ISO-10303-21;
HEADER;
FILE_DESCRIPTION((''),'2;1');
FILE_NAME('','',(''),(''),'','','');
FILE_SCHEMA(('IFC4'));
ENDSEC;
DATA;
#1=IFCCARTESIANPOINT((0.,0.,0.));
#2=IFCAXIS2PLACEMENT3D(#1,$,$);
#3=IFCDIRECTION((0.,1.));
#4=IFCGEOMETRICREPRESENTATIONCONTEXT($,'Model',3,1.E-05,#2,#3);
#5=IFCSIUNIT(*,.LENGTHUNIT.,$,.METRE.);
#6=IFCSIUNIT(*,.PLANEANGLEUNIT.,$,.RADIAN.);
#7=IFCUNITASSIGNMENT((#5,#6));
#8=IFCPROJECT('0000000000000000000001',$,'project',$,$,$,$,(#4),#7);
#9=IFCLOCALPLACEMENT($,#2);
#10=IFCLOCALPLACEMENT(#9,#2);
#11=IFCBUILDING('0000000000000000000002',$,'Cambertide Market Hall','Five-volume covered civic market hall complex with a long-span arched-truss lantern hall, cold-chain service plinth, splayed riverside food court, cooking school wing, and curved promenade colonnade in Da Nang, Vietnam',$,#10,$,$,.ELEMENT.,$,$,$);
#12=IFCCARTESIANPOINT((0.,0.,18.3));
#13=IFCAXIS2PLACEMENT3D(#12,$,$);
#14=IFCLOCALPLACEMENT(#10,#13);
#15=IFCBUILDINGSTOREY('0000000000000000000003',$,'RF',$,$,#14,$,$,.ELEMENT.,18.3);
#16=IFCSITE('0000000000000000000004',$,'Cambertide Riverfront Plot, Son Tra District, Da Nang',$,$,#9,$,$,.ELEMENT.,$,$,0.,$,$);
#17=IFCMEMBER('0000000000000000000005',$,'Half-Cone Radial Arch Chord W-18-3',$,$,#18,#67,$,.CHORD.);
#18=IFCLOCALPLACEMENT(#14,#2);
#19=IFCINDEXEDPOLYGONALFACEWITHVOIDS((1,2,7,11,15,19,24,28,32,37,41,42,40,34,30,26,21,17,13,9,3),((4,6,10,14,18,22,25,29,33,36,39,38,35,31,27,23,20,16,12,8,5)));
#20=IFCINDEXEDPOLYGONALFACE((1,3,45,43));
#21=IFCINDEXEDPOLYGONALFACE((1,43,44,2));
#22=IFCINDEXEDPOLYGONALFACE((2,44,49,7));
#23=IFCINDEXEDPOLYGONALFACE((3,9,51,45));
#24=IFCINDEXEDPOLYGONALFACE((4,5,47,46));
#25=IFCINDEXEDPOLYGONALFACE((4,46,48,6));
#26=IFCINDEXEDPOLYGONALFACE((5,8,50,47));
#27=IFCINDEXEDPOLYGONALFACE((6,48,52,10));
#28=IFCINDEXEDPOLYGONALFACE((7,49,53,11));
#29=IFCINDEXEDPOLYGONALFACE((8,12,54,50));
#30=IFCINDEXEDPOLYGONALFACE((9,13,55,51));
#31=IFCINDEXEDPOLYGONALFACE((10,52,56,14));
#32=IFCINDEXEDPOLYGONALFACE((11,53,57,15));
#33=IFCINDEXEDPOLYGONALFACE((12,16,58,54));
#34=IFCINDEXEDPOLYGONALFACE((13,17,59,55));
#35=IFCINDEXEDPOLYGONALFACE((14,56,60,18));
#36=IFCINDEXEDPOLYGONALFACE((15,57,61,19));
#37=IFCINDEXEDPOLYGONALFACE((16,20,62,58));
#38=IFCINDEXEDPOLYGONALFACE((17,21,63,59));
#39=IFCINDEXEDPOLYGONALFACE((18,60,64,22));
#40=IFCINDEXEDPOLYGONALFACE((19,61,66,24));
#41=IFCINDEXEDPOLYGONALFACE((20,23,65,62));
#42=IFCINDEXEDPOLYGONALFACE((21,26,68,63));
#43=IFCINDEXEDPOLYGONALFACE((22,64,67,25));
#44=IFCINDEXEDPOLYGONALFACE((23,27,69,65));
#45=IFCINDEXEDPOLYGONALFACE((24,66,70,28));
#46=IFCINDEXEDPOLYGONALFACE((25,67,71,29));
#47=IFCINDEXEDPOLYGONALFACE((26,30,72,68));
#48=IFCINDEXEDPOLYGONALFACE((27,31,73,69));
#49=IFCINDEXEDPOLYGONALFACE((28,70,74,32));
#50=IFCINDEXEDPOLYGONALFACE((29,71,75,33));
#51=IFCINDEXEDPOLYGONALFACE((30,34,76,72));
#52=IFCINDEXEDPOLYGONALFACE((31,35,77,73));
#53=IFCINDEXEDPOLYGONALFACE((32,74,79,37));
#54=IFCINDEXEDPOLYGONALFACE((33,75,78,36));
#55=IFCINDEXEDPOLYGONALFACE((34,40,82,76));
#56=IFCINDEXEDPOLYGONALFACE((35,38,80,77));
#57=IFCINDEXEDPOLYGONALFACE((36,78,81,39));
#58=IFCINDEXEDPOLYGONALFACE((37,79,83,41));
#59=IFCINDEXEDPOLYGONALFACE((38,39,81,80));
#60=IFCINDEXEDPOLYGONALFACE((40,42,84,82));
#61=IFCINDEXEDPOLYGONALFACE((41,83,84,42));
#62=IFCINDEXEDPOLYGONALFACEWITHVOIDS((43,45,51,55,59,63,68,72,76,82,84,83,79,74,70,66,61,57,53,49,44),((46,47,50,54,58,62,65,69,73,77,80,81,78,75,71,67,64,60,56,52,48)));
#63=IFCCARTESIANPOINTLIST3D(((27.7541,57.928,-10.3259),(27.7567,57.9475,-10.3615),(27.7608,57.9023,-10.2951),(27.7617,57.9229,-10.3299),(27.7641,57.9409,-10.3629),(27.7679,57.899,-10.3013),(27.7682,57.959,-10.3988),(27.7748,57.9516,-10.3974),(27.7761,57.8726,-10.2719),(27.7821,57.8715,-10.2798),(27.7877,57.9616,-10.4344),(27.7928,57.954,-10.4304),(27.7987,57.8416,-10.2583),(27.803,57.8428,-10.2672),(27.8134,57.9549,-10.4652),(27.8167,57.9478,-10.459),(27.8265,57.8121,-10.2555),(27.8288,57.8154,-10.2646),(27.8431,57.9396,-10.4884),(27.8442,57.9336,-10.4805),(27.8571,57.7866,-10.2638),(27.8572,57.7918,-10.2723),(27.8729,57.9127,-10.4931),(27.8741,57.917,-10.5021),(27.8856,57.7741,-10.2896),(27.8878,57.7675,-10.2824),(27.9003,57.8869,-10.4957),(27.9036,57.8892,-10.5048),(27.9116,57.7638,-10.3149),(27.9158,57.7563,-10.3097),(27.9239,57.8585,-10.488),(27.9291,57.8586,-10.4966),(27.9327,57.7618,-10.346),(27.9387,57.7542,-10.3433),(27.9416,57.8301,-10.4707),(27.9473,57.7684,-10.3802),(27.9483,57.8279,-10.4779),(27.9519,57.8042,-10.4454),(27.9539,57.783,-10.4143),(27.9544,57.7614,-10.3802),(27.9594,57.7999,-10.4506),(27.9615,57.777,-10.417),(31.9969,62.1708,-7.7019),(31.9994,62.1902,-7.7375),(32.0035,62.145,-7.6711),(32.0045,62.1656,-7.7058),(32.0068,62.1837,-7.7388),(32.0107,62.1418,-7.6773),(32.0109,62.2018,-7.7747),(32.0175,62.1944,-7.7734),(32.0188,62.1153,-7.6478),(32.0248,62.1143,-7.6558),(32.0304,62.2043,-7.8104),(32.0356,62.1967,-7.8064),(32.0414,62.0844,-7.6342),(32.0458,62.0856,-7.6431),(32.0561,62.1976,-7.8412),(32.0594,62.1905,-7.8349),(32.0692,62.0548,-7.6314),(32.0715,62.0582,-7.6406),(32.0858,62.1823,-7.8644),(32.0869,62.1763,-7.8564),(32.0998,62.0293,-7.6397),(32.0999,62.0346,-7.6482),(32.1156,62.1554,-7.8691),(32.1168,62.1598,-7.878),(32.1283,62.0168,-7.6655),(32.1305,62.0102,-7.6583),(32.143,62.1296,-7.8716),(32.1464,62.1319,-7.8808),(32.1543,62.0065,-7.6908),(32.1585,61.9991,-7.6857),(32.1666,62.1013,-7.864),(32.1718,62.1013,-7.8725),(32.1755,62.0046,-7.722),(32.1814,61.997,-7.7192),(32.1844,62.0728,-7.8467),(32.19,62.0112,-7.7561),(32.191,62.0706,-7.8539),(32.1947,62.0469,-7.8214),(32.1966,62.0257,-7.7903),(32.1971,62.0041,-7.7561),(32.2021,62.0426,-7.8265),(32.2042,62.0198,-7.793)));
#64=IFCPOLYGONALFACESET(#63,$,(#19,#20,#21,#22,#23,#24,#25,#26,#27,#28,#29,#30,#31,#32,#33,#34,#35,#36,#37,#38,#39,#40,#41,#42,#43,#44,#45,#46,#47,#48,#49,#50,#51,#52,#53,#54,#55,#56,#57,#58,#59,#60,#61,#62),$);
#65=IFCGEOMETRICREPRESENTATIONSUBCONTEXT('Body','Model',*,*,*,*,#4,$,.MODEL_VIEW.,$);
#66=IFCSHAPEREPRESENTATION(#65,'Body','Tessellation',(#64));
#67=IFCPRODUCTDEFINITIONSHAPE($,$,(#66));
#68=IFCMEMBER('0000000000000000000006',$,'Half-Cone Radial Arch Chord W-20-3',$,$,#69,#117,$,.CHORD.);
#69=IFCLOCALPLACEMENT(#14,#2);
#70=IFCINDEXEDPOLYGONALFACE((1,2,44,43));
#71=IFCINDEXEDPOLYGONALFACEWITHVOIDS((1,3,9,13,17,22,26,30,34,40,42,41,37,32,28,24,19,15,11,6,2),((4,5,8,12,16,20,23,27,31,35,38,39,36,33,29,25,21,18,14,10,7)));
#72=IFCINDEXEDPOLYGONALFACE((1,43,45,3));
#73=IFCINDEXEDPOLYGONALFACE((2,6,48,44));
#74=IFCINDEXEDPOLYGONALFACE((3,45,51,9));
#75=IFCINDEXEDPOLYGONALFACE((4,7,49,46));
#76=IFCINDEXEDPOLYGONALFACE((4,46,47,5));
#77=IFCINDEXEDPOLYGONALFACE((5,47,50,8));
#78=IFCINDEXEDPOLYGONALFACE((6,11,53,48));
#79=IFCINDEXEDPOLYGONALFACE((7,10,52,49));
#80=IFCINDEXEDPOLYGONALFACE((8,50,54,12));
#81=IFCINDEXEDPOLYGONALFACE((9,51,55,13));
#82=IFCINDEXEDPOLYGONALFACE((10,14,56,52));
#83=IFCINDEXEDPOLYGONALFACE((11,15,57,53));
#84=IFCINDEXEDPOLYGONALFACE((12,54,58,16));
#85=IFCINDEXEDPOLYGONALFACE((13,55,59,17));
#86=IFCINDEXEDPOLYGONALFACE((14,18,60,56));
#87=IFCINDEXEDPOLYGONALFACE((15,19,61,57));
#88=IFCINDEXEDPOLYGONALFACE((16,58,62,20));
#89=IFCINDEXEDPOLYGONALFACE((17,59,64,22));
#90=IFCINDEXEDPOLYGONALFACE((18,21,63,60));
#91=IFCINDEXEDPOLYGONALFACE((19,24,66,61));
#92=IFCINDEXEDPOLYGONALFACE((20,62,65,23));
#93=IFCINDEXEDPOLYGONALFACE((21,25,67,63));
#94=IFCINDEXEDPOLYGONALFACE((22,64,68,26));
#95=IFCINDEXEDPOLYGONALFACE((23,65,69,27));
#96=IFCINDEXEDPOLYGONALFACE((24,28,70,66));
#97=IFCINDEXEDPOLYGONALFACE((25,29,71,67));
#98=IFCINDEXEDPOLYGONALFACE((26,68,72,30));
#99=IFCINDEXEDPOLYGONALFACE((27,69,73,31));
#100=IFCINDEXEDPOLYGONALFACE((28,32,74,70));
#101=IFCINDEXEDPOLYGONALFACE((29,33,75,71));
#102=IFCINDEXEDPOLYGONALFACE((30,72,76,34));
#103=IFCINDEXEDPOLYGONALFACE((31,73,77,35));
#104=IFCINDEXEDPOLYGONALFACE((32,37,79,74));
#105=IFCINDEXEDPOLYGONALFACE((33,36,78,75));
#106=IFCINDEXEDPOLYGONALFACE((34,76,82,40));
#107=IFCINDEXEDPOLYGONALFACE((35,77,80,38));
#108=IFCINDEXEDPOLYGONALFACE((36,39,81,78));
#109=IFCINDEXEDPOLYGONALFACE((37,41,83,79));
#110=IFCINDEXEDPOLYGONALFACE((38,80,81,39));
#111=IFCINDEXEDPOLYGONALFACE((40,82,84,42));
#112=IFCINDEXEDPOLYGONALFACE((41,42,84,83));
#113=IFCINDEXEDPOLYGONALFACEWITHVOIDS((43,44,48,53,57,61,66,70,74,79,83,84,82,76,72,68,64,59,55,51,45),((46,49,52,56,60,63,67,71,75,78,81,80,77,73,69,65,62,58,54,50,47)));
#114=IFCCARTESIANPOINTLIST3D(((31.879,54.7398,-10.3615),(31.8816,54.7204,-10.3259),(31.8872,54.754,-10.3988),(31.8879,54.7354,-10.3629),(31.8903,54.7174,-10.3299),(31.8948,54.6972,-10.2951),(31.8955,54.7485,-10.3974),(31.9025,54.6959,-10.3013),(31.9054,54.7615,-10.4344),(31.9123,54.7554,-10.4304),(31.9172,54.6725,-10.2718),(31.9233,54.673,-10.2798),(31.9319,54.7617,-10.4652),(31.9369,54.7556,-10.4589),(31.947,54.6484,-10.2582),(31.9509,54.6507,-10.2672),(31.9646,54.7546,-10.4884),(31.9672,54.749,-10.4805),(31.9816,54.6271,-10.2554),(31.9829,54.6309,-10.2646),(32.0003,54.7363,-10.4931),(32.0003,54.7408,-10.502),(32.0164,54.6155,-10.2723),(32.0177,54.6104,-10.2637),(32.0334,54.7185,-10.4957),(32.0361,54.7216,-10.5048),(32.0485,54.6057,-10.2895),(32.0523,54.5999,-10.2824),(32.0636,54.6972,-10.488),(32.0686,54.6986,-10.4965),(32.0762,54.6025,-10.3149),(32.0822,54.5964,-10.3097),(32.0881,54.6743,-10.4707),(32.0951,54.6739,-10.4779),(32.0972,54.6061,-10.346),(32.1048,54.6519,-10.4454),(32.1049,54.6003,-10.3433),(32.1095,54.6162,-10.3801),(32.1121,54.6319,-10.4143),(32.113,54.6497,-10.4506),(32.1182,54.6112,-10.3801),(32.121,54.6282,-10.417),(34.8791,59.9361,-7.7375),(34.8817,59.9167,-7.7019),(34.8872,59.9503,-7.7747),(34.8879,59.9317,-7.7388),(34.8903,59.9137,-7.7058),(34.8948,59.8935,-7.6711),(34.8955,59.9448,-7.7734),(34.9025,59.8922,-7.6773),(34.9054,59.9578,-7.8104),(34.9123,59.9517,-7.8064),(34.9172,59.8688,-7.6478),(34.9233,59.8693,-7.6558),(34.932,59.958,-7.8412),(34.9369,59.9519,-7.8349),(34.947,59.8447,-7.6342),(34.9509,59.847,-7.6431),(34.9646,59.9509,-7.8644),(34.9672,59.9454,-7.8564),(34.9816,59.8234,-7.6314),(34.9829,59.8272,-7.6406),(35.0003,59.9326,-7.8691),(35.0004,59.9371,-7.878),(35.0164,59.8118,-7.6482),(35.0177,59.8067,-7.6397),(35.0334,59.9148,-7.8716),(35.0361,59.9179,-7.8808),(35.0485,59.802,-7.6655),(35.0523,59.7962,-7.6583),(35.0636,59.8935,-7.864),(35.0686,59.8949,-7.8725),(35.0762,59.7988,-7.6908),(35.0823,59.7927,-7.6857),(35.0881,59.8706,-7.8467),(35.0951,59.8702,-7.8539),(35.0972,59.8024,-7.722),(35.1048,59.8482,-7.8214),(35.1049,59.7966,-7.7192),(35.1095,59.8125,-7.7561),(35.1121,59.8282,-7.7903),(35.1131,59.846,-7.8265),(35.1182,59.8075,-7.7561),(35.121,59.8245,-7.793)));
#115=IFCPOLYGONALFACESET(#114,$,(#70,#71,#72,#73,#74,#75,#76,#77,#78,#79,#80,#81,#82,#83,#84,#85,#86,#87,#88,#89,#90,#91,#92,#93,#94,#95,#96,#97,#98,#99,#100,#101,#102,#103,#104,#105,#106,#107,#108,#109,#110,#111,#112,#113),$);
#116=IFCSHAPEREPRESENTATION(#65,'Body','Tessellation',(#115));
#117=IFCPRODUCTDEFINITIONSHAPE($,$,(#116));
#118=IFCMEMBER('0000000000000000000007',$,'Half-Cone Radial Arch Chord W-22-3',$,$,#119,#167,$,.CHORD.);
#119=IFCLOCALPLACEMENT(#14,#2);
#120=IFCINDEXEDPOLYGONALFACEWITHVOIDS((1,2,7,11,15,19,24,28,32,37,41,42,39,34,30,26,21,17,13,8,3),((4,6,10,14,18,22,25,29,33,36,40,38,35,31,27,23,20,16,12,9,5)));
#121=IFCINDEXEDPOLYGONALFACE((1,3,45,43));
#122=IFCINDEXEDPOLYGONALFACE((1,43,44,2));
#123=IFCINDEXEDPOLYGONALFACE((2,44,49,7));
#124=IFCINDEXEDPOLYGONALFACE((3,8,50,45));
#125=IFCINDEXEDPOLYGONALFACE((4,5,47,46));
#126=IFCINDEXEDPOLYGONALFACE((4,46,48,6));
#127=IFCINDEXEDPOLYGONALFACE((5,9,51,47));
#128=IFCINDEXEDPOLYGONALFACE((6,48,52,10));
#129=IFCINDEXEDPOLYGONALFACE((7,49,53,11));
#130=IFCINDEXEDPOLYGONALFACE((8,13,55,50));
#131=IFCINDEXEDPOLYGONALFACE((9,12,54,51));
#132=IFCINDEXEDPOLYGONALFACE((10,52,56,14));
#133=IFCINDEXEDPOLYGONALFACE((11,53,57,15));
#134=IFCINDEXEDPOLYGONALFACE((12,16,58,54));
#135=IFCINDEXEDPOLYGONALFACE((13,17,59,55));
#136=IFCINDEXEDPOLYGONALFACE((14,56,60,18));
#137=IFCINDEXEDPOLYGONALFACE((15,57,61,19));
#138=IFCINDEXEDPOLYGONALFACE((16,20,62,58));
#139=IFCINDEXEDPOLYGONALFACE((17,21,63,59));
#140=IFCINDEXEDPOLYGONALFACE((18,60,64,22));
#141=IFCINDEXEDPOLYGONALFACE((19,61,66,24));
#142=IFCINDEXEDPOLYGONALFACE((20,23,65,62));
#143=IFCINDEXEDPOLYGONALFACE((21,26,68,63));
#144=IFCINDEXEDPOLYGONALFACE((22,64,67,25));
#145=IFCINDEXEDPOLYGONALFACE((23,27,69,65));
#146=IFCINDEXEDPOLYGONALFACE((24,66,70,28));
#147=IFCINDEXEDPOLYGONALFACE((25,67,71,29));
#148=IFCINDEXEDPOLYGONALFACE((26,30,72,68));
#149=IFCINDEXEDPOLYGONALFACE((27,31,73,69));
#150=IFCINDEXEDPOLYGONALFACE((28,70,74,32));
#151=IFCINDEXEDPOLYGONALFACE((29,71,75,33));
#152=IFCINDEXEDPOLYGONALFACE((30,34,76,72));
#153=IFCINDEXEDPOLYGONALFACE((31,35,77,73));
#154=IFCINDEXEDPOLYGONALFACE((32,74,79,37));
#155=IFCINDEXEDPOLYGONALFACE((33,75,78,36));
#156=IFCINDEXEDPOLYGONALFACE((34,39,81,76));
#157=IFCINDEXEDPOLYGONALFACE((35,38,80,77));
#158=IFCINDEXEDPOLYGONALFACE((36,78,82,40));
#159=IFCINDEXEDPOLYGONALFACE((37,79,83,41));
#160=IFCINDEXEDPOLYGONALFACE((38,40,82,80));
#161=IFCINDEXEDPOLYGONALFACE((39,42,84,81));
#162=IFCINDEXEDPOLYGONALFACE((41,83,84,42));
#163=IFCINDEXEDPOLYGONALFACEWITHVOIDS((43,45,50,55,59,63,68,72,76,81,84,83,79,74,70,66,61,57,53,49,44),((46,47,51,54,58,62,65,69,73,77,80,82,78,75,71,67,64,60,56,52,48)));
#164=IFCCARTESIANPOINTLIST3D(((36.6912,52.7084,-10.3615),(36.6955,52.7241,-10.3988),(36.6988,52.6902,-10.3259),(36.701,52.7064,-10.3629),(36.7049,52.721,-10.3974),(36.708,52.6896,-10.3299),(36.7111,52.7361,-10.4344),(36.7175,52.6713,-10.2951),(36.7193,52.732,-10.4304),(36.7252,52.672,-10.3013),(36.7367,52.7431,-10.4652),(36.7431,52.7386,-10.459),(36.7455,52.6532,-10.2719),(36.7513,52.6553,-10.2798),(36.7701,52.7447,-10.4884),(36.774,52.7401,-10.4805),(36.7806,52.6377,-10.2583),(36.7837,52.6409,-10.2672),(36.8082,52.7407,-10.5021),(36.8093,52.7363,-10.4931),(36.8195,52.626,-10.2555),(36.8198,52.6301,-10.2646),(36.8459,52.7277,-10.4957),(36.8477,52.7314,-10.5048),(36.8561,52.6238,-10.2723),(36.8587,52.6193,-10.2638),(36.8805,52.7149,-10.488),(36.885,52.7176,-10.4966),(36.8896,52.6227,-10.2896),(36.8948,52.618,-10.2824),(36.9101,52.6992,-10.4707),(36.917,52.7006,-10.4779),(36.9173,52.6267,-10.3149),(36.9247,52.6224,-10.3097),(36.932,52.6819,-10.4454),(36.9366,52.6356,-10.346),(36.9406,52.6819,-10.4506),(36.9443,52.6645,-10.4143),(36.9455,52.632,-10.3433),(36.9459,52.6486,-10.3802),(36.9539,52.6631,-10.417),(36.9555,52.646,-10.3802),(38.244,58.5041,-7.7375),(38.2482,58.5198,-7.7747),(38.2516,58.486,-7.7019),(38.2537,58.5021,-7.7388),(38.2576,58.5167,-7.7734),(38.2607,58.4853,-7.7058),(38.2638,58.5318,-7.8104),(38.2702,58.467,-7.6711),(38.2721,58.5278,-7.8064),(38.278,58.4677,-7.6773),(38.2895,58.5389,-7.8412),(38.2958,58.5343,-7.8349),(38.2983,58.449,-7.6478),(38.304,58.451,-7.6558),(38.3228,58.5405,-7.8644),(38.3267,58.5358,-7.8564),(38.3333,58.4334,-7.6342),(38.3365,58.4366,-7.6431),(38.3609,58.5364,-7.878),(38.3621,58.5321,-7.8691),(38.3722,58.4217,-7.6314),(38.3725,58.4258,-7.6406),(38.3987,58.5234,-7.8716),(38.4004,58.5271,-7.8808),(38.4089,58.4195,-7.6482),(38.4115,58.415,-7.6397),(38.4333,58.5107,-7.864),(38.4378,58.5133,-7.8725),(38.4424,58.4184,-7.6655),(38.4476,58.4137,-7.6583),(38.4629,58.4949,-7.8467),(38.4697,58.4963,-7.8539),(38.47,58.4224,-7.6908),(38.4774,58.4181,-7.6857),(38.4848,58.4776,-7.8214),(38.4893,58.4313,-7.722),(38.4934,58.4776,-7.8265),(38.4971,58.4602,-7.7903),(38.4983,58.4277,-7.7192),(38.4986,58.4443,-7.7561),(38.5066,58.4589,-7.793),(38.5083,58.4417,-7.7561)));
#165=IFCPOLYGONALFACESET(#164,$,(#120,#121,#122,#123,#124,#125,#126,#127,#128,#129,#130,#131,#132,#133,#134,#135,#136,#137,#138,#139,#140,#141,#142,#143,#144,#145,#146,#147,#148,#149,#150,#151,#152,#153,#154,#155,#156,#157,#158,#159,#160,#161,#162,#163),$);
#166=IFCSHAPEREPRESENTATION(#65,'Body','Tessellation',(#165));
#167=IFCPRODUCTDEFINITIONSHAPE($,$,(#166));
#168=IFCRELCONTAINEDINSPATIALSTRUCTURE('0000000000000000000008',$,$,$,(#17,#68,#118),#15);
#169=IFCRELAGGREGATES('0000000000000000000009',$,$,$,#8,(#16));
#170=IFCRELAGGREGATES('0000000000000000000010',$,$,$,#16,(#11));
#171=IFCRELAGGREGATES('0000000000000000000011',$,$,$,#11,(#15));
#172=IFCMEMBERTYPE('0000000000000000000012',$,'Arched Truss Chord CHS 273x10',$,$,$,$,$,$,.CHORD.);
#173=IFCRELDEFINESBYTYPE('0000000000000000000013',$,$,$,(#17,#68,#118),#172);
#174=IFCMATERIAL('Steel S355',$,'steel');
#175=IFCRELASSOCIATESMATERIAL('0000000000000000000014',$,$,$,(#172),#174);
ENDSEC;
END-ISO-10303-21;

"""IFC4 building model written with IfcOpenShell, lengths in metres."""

from ifc_helpers import new_model, si_unit, direction, frame, origin, origin_2d, place, context, subcontext, project, spatial, hollow_circle, extrude, material, material_profile, profile_set, type_object, element, save


model = new_model("IFC4")

# Units and contexts
model_context = context("Model", 3, precision=1e-05, world=origin(), true_north=direction((0.0, 1.0)))
body_context = subcontext(model_context, "Body", "Model", "MODEL_VIEW")
ifc_project = project(units=[si_unit("LENGTHUNIT", "METRE"), si_unit("PLANEANGLEUNIT", "RADIAN")], contexts=[model_context])

# Site, building, storey
site_placement = place(None, origin())
site = spatial("IfcSite", under=ifc_project, at=site_placement, Name="Cambertide Riverfront Plot, Son Tra District, Da Nang", CompositionType="ELEMENT", RefElevation=0.0)
building_placement = place(site_placement, origin())
building = spatial("IfcBuilding", under=site, at=building_placement, Name="Cambertide Market Hall", Description="Five-volume covered civic market hall complex with a long-span arched-truss lantern hall, cold-chain service plinth, splayed riverside food court, cooking school wing, and curved promenade colonnade in Da Nang, Vietnam", CompositionType="ELEMENT")
storey_placement = place(building_placement, frame((0.0, 0.0, 18.3)))
storey = spatial("IfcBuildingStorey", under=building, at=storey_placement, Name="RF", CompositionType="ELEMENT", Elevation=18.3)

# Members
ifc_material_1 = material(Name="Steel S355", Category="steel")
ifc_material_profile_1 = material_profile(ifc_material_1, hollow_circle(Radius=0.1365, WallThickness=0.01, at=origin_2d()), Name="CHS 273x10")
ifc_profile_set_1 = profile_set([ifc_material_profile_1], Name="Steel S355")
member_type_1 = type_object("IfcMemberType", Name="Arched Truss Chord CHS 273x10", PredefinedType="CHORD", material=ifc_profile_set_1)
for number, where, z_axis, x_axis, name in (
    (1, (32.1006, 62.1006, -7.7561), (-0.647861, -0.647861, -0.400691), (0.707107, -0.707107, 0.0), "Half-Cone Radial Arch Chord W-18-3"),
    (2, (35.0, 59.8757, -7.7561), (-0.458098, -0.793471, -0.400687), (0.866031, -0.49999, 0.0), "Half-Cone Radial Arch Chord W-20-3"),
    (3, (38.3765, 58.4771, -7.7561), (-0.237104, -0.885002, -0.400691), (0.965934, -0.258787, 0.0), "Half-Cone Radial Arch Chord W-22-3"),
):
    element("IfcMember", number, at=place(storey_placement, frame(where, z_axis=z_axis, x_axis=x_axis)), inside=storey, type_object=member_type_1, Name=name, PredefinedType="CHORD", context=body_context, shape_type="SweptSolid", body=[
        extrude(hollow_circle(Radius=0.1365, WallThickness=0.01, at=origin_2d()), origin(), (0.0, 0.0, 1.0), 6.5488),
    ])

save(model, "model.ifc")
